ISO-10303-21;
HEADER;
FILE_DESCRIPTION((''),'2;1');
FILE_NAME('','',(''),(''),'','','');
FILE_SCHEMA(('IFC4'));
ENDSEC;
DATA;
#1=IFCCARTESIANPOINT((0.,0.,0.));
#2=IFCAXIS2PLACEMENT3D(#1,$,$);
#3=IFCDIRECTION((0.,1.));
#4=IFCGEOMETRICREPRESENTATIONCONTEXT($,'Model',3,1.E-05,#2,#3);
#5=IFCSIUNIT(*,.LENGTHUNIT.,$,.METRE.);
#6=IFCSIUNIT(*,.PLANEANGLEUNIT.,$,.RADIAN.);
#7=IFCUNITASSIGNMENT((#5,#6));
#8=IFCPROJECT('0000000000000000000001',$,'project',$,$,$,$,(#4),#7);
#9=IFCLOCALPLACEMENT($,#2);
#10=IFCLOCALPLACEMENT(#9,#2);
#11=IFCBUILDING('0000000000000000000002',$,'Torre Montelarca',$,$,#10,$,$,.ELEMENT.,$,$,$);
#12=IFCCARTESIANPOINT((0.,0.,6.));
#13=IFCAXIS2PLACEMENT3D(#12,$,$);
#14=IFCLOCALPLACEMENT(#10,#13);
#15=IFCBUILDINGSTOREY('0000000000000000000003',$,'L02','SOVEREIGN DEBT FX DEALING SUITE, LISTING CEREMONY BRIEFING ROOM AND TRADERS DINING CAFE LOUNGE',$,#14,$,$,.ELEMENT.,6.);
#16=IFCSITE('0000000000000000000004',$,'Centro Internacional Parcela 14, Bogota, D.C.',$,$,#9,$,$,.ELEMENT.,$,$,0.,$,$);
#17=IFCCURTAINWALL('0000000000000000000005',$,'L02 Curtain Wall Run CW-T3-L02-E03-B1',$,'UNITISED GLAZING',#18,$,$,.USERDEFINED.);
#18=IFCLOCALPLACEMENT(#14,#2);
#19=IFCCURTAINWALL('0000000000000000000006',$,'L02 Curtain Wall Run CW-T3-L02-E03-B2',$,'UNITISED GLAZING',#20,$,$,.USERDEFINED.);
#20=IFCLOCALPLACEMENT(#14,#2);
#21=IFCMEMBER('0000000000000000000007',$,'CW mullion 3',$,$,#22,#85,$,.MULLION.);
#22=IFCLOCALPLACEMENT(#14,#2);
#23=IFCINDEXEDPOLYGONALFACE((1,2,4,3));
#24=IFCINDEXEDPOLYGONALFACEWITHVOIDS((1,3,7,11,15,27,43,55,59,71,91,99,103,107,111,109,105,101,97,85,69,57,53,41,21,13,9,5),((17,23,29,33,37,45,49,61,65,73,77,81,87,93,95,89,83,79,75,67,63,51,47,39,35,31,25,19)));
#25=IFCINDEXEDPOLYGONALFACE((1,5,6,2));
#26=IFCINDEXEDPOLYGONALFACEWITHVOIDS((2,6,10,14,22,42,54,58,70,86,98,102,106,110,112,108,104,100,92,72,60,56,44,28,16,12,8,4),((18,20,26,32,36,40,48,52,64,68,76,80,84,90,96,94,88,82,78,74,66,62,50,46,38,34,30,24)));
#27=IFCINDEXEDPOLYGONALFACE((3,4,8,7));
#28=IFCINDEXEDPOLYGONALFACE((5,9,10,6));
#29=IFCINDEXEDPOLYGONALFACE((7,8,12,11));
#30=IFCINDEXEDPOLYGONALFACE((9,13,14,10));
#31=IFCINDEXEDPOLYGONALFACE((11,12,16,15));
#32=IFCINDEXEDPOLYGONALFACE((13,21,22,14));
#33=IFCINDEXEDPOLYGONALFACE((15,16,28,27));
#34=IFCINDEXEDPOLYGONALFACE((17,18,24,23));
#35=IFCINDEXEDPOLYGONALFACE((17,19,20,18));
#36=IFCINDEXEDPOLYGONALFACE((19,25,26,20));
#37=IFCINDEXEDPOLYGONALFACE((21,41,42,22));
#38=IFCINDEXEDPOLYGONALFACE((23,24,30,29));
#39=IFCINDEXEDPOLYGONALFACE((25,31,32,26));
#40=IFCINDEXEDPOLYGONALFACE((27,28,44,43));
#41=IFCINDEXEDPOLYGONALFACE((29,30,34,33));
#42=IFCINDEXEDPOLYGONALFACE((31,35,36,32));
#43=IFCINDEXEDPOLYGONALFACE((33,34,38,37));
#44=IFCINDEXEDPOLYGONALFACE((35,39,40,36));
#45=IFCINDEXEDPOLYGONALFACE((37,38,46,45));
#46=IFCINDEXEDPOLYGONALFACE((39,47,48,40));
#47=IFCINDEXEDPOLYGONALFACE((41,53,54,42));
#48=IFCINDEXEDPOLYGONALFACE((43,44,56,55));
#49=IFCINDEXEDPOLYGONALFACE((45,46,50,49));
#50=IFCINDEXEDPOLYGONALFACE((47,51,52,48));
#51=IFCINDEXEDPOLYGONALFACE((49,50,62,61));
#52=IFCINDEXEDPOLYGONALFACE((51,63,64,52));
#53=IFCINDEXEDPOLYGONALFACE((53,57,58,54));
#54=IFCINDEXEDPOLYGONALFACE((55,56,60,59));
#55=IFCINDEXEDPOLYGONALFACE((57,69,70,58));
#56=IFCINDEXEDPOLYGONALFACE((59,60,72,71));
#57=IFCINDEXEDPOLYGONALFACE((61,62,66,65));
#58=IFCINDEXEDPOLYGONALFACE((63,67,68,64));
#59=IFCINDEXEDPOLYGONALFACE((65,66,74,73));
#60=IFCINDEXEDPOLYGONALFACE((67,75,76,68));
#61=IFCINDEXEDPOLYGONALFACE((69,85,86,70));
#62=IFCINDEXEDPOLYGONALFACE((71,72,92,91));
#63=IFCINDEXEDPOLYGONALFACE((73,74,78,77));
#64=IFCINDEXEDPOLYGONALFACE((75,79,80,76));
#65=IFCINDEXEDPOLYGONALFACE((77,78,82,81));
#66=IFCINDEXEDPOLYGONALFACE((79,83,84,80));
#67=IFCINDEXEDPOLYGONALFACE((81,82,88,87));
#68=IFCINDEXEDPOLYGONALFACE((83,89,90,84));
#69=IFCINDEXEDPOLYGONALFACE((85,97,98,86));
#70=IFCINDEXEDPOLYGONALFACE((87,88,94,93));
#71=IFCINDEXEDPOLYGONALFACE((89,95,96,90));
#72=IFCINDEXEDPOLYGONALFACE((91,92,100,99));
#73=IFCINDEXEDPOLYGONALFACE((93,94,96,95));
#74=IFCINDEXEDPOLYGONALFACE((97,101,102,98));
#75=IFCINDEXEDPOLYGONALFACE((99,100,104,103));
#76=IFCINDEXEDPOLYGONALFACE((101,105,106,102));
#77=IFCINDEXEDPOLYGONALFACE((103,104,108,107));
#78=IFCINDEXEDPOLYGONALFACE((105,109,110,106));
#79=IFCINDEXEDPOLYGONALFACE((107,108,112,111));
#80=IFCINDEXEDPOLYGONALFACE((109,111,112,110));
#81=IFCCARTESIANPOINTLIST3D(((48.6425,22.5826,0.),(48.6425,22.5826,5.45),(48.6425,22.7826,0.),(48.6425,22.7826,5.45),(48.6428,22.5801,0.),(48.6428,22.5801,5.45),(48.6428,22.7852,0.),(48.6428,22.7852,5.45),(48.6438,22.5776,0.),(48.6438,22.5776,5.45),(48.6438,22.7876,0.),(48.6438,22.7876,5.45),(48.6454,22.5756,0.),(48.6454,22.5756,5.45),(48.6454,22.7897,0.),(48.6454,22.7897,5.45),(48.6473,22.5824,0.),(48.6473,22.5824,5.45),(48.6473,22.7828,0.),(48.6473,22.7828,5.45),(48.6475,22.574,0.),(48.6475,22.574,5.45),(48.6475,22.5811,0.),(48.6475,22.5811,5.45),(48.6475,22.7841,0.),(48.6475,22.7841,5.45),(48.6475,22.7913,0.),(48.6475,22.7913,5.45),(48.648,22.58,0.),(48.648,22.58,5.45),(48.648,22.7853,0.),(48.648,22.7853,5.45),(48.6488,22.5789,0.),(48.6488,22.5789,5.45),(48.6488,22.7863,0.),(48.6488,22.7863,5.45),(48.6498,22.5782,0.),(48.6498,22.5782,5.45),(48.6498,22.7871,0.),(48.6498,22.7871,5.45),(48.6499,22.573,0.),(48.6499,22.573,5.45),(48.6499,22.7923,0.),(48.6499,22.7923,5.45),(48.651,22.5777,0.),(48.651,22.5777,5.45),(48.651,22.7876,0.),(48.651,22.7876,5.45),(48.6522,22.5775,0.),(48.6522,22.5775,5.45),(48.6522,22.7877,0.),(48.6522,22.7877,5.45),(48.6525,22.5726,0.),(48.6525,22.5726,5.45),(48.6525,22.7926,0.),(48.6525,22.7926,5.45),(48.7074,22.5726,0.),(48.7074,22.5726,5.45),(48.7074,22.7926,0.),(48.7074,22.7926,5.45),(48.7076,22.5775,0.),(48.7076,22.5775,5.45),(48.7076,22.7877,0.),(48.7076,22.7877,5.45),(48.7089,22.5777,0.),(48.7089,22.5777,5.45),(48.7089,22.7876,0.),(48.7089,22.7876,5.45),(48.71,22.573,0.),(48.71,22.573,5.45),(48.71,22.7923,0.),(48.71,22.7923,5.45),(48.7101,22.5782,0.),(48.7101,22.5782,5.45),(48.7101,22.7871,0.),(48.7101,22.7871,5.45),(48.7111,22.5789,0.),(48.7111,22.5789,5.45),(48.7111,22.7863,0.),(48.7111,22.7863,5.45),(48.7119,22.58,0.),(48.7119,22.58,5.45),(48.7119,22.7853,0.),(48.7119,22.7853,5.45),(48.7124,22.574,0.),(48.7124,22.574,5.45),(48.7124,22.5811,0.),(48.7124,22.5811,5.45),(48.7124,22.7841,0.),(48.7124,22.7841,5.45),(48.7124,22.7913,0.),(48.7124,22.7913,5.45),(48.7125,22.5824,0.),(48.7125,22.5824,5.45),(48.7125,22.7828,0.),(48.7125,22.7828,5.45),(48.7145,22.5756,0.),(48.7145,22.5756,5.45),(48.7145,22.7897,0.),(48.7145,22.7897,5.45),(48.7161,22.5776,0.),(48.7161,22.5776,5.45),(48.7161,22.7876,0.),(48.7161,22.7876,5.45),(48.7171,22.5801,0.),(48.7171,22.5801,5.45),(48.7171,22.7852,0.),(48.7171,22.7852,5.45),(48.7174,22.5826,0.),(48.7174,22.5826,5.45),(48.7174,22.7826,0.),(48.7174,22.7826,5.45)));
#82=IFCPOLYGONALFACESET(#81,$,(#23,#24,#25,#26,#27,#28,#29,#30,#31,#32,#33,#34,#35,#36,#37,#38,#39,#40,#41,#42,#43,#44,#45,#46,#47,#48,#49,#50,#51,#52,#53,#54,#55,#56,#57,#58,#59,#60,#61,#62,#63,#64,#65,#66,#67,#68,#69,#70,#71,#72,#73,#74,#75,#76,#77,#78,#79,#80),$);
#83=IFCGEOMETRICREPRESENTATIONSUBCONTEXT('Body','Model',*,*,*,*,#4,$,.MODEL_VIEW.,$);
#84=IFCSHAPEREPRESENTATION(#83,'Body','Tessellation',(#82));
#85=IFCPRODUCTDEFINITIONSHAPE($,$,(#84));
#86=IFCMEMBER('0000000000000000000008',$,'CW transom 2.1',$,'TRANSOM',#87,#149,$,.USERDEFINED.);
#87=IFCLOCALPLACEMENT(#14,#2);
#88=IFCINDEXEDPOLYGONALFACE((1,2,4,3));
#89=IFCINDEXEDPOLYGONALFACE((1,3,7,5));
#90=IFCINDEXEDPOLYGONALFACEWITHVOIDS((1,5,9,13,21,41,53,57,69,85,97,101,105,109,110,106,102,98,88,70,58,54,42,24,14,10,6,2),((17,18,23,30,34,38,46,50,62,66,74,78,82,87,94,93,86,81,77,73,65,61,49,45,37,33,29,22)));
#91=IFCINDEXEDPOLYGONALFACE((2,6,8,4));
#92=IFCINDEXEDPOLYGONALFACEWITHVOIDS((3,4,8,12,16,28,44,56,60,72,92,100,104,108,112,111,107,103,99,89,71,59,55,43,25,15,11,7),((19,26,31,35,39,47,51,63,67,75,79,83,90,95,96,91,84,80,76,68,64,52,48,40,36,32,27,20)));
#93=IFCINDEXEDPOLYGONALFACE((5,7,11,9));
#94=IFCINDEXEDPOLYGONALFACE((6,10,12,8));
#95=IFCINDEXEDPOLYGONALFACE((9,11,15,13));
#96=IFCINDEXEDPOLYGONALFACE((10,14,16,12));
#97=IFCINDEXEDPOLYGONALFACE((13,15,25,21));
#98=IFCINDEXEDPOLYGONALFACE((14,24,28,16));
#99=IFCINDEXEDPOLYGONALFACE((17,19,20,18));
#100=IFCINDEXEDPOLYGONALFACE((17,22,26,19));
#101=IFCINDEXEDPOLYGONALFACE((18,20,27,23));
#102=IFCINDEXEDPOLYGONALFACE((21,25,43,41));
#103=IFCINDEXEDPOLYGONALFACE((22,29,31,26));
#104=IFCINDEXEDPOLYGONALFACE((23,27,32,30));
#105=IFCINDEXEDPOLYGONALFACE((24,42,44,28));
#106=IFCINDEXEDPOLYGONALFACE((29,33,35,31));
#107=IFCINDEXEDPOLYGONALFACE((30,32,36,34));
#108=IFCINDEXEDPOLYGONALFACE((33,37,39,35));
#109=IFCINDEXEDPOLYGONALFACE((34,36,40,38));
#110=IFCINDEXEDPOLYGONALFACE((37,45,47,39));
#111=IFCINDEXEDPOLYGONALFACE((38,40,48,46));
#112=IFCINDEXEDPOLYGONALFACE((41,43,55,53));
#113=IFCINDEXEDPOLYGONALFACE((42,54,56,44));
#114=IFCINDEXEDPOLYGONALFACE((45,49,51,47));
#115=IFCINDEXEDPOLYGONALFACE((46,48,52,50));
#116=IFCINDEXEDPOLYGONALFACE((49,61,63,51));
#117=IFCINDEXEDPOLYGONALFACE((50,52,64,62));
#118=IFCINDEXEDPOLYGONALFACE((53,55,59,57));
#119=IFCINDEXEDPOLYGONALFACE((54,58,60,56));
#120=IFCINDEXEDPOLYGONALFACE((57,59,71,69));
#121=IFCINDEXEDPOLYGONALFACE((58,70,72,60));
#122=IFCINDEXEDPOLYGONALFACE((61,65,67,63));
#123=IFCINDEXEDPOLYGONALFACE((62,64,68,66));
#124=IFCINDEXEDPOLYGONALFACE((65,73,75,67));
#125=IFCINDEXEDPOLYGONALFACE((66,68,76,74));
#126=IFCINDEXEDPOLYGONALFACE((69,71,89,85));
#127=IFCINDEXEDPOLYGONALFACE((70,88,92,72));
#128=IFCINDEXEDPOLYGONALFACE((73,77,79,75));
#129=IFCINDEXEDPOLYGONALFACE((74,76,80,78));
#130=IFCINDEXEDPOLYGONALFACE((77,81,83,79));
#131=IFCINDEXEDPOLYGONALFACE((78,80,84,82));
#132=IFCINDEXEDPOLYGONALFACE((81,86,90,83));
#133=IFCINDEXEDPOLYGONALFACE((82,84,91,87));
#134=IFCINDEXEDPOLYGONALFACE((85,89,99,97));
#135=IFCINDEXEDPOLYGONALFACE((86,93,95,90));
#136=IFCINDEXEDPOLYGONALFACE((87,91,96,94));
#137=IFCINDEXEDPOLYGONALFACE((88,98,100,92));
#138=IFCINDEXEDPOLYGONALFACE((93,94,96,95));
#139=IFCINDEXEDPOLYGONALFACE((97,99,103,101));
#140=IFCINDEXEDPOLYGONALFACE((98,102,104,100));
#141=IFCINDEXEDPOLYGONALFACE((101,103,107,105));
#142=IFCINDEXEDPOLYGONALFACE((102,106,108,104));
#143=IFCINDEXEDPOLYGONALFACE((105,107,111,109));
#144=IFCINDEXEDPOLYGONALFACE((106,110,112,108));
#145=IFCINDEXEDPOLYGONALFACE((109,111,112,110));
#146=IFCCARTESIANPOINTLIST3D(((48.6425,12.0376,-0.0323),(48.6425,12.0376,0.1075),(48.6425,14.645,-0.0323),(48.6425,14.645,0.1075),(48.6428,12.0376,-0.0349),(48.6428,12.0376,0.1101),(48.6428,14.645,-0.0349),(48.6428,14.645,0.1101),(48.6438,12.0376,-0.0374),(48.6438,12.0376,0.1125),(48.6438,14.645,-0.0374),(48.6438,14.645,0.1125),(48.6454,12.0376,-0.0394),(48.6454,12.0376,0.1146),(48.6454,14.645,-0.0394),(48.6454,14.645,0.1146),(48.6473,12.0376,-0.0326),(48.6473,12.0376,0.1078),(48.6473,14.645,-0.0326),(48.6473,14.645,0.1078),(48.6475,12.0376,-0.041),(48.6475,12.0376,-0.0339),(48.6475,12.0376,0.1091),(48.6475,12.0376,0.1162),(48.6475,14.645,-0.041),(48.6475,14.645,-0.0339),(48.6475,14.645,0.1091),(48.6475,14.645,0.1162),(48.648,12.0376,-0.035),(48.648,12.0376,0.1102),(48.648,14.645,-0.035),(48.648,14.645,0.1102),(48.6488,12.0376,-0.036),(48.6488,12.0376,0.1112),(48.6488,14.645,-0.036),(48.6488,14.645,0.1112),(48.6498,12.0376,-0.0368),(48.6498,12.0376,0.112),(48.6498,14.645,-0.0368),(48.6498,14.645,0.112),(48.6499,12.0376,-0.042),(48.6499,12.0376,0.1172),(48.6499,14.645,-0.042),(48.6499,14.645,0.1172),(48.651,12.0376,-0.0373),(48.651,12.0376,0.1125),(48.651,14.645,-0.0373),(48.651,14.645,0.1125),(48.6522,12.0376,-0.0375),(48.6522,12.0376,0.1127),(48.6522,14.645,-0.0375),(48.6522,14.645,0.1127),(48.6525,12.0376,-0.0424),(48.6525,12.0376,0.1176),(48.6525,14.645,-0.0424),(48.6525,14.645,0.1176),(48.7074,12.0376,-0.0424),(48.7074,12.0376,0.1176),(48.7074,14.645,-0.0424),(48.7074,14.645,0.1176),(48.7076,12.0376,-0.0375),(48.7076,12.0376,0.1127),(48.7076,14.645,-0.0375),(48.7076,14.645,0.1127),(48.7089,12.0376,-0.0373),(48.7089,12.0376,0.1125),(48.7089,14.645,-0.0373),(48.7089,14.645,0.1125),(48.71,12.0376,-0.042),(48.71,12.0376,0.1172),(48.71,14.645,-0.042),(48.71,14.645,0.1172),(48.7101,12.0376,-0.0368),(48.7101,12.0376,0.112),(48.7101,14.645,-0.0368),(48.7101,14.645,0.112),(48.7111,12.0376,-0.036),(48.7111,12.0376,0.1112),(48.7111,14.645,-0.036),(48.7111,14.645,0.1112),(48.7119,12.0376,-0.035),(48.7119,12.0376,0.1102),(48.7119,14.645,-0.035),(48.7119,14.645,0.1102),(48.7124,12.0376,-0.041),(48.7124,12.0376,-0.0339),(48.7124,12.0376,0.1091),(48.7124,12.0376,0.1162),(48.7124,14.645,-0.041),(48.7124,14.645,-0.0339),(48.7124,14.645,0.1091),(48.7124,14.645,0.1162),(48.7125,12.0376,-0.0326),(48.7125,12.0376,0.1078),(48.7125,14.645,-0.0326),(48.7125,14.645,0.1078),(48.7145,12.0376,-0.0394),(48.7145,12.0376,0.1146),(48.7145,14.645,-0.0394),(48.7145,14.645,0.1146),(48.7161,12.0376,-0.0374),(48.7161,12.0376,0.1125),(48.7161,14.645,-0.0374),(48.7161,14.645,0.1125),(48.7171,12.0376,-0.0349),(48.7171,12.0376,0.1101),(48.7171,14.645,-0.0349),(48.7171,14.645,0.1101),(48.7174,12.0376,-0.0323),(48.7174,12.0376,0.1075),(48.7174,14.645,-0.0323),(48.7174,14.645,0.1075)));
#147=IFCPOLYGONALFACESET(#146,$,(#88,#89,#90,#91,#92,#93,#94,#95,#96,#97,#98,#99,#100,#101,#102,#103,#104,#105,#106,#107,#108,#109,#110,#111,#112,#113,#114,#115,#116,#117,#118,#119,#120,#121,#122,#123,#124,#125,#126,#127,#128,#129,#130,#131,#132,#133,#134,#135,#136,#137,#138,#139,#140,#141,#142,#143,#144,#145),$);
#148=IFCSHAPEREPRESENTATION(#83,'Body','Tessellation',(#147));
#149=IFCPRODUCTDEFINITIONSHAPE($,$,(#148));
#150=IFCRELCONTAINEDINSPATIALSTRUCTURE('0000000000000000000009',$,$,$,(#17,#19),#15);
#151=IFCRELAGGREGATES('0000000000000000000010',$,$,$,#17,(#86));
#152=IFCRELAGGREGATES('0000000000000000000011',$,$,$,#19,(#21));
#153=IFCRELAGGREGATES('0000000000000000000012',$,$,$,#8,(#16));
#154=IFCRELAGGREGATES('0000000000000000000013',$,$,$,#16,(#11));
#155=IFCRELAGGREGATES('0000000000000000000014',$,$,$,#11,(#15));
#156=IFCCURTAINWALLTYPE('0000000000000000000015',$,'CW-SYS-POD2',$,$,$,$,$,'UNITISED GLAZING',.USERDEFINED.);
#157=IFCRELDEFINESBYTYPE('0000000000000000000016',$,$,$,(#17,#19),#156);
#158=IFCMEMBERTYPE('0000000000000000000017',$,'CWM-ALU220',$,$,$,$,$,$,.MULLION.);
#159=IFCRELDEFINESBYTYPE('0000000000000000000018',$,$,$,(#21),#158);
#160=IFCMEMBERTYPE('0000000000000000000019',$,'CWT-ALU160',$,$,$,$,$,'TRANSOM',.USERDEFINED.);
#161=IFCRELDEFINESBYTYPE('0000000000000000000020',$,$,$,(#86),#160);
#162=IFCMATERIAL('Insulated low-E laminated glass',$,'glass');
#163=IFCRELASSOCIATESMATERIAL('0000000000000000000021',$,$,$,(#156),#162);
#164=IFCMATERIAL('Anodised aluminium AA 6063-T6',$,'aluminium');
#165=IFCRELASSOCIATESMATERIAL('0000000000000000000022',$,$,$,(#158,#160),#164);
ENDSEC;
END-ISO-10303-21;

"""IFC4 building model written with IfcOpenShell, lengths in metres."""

from ifc_helpers import new_model, si_unit, direction, frame, origin, origin_2d, place, context, subcontext, project, spatial, hollow_rectangle, extrude, source, transform, mapped, material, material_profile, profile_set, type_object, element, aggregate, save


model = new_model("IFC4")

# Units and contexts
model_context = context("Model", 3, precision=1e-05, world=origin(), true_north=direction((0.0, 1.0)))
body_context = subcontext(model_context, "Body", "Model", "MODEL_VIEW")
ifc_project = project(units=[si_unit("LENGTHUNIT", "METRE"), si_unit("PLANEANGLEUNIT", "RADIAN")], contexts=[model_context])

# Site, building, storey
site_placement = place(None, origin())
site = spatial("IfcSite", under=ifc_project, at=site_placement, Name="Centro Internacional Parcela 14, Bogota, D.C.", CompositionType="ELEMENT", RefElevation=0.0)
building_placement = place(site_placement, origin())
building = spatial("IfcBuilding", under=site, at=building_placement, Name="Torre Montelarca", CompositionType="ELEMENT")
storey_placement = place(building_placement, frame((0.0, 0.0, 6.0)))
storey = spatial("IfcBuildingStorey", under=building, at=storey_placement, Name="L02", Description="SOVEREIGN DEBT FX DEALING SUITE, LISTING CEREMONY BRIEFING ROOM AND TRADERS DINING CAFE LOUNGE", CompositionType="ELEMENT", Elevation=6.0)

# Curtain wall
ifc_material_1 = material(Name="Insulated low-E laminated glass", Category="glass")
curtain_wall_type = type_object("IfcCurtainWallType", Name="CW-SYS-POD2", ElementType="UNITISED GLAZING", PredefinedType="USERDEFINED", material=ifc_material_1)
curtain_wall_1_placement = place(storey_placement, origin())
curtain_wall_1 = element("IfcCurtainWall", 1, at=curtain_wall_1_placement, inside=storey, type_object=curtain_wall_type, Name="L02 Curtain Wall Run CW-T3-L02-E03-B1", ObjectType="UNITISED GLAZING", PredefinedType="USERDEFINED")
ifc_material_2 = material(Name="Anodised aluminium AA 6063-T6", Category="aluminium")
ifc_material_profile_1 = material_profile(ifc_material_2, hollow_rectangle(XDim=0.075, YDim=0.22, WallThickness=0.0049, InnerFilletRadius=0.0049, OuterFilletRadius=0.01, at=origin_2d()), Name="ALU75X220X5", Category="aluminium")
ifc_profile_set_1 = profile_set([ifc_material_profile_1], Name="Anodised aluminium AA 6063-T6")
member_type_1 = type_object("IfcMemberType", Name="CWM-ALU220", PredefinedType="MULLION", material=ifc_profile_set_1)
shared_shape_1 = source(origin(), body_context, "Body", "SweptSolid", [
    extrude(hollow_rectangle(XDim=0.075, YDim=0.22, WallThickness=0.0049, InnerFilletRadius=0.0049, OuterFilletRadius=0.01, at=origin_2d()), origin(), (0.0, 0.0, 1.0), 5.45),
])

# Curtain wall, member
curtain_wall_2_placement = place(storey_placement, origin())
curtain_wall_2 = element("IfcCurtainWall", 2, at=curtain_wall_2_placement, inside=storey, type_object=curtain_wall_type, Name="L02 Curtain Wall Run CW-T3-L02-E03-B2", ObjectType="UNITISED GLAZING", PredefinedType="USERDEFINED")
member_1_placement = place(storey_placement, frame((48.6799, 22.6826, 0.0), z_axis=(0.0, 0.0, 1.0), x_axis=(-1.0, 0.0, 0.0)))
member_1 = element("IfcMember", 3, at=member_1_placement, type_object=member_type_1, Name="CW mullion 3", PredefinedType="MULLION", context=body_context, shape_type="MappedRepresentation", body=[
    mapped(shared_shape_1, transform((0.0, 0.0, 0.0), scale=1.0)),
])

# Member
ifc_material_profile_2 = material_profile(ifc_material_2, hollow_rectangle(XDim=0.075, YDim=0.1599, WallThickness=0.0049, InnerFilletRadius=0.0049, OuterFilletRadius=0.01, at=origin_2d()), Name="ALU75X160X5", Category="aluminium")
ifc_profile_set_2 = profile_set([ifc_material_profile_2], Name="Anodised aluminium AA 6063-T6")
member_type_2 = type_object("IfcMemberType", Name="CWT-ALU160", ElementType="TRANSOM", PredefinedType="USERDEFINED", material=ifc_profile_set_2)
shared_shape_2 = source(origin(), body_context, "Body", "SweptSolid", [
    extrude(hollow_rectangle(XDim=0.075, YDim=0.1599, WallThickness=0.0049, InnerFilletRadius=0.0049, OuterFilletRadius=0.01, at=origin_2d()), origin(), (0.0, 0.0, 1.0), 2.6074),
])
member_2_placement = place(storey_placement, frame((48.6799, 12.0376, 0.0376), z_axis=(0.0, 1.0, 0.0), x_axis=(-1.0, 0.0, 0.0)))
member_2 = element("IfcMember", 4, at=member_2_placement, type_object=member_type_2, Name="CW transom 2.1", ObjectType="TRANSOM", PredefinedType="USERDEFINED", context=body_context, shape_type="MappedRepresentation", body=[
    mapped(shared_shape_2, transform((0.0, 0.0, 0.0), scale=1.0)),
])

aggregate(curtain_wall_1, [member_2])
aggregate(curtain_wall_2, [member_1])

save(model, "model.ifc")
